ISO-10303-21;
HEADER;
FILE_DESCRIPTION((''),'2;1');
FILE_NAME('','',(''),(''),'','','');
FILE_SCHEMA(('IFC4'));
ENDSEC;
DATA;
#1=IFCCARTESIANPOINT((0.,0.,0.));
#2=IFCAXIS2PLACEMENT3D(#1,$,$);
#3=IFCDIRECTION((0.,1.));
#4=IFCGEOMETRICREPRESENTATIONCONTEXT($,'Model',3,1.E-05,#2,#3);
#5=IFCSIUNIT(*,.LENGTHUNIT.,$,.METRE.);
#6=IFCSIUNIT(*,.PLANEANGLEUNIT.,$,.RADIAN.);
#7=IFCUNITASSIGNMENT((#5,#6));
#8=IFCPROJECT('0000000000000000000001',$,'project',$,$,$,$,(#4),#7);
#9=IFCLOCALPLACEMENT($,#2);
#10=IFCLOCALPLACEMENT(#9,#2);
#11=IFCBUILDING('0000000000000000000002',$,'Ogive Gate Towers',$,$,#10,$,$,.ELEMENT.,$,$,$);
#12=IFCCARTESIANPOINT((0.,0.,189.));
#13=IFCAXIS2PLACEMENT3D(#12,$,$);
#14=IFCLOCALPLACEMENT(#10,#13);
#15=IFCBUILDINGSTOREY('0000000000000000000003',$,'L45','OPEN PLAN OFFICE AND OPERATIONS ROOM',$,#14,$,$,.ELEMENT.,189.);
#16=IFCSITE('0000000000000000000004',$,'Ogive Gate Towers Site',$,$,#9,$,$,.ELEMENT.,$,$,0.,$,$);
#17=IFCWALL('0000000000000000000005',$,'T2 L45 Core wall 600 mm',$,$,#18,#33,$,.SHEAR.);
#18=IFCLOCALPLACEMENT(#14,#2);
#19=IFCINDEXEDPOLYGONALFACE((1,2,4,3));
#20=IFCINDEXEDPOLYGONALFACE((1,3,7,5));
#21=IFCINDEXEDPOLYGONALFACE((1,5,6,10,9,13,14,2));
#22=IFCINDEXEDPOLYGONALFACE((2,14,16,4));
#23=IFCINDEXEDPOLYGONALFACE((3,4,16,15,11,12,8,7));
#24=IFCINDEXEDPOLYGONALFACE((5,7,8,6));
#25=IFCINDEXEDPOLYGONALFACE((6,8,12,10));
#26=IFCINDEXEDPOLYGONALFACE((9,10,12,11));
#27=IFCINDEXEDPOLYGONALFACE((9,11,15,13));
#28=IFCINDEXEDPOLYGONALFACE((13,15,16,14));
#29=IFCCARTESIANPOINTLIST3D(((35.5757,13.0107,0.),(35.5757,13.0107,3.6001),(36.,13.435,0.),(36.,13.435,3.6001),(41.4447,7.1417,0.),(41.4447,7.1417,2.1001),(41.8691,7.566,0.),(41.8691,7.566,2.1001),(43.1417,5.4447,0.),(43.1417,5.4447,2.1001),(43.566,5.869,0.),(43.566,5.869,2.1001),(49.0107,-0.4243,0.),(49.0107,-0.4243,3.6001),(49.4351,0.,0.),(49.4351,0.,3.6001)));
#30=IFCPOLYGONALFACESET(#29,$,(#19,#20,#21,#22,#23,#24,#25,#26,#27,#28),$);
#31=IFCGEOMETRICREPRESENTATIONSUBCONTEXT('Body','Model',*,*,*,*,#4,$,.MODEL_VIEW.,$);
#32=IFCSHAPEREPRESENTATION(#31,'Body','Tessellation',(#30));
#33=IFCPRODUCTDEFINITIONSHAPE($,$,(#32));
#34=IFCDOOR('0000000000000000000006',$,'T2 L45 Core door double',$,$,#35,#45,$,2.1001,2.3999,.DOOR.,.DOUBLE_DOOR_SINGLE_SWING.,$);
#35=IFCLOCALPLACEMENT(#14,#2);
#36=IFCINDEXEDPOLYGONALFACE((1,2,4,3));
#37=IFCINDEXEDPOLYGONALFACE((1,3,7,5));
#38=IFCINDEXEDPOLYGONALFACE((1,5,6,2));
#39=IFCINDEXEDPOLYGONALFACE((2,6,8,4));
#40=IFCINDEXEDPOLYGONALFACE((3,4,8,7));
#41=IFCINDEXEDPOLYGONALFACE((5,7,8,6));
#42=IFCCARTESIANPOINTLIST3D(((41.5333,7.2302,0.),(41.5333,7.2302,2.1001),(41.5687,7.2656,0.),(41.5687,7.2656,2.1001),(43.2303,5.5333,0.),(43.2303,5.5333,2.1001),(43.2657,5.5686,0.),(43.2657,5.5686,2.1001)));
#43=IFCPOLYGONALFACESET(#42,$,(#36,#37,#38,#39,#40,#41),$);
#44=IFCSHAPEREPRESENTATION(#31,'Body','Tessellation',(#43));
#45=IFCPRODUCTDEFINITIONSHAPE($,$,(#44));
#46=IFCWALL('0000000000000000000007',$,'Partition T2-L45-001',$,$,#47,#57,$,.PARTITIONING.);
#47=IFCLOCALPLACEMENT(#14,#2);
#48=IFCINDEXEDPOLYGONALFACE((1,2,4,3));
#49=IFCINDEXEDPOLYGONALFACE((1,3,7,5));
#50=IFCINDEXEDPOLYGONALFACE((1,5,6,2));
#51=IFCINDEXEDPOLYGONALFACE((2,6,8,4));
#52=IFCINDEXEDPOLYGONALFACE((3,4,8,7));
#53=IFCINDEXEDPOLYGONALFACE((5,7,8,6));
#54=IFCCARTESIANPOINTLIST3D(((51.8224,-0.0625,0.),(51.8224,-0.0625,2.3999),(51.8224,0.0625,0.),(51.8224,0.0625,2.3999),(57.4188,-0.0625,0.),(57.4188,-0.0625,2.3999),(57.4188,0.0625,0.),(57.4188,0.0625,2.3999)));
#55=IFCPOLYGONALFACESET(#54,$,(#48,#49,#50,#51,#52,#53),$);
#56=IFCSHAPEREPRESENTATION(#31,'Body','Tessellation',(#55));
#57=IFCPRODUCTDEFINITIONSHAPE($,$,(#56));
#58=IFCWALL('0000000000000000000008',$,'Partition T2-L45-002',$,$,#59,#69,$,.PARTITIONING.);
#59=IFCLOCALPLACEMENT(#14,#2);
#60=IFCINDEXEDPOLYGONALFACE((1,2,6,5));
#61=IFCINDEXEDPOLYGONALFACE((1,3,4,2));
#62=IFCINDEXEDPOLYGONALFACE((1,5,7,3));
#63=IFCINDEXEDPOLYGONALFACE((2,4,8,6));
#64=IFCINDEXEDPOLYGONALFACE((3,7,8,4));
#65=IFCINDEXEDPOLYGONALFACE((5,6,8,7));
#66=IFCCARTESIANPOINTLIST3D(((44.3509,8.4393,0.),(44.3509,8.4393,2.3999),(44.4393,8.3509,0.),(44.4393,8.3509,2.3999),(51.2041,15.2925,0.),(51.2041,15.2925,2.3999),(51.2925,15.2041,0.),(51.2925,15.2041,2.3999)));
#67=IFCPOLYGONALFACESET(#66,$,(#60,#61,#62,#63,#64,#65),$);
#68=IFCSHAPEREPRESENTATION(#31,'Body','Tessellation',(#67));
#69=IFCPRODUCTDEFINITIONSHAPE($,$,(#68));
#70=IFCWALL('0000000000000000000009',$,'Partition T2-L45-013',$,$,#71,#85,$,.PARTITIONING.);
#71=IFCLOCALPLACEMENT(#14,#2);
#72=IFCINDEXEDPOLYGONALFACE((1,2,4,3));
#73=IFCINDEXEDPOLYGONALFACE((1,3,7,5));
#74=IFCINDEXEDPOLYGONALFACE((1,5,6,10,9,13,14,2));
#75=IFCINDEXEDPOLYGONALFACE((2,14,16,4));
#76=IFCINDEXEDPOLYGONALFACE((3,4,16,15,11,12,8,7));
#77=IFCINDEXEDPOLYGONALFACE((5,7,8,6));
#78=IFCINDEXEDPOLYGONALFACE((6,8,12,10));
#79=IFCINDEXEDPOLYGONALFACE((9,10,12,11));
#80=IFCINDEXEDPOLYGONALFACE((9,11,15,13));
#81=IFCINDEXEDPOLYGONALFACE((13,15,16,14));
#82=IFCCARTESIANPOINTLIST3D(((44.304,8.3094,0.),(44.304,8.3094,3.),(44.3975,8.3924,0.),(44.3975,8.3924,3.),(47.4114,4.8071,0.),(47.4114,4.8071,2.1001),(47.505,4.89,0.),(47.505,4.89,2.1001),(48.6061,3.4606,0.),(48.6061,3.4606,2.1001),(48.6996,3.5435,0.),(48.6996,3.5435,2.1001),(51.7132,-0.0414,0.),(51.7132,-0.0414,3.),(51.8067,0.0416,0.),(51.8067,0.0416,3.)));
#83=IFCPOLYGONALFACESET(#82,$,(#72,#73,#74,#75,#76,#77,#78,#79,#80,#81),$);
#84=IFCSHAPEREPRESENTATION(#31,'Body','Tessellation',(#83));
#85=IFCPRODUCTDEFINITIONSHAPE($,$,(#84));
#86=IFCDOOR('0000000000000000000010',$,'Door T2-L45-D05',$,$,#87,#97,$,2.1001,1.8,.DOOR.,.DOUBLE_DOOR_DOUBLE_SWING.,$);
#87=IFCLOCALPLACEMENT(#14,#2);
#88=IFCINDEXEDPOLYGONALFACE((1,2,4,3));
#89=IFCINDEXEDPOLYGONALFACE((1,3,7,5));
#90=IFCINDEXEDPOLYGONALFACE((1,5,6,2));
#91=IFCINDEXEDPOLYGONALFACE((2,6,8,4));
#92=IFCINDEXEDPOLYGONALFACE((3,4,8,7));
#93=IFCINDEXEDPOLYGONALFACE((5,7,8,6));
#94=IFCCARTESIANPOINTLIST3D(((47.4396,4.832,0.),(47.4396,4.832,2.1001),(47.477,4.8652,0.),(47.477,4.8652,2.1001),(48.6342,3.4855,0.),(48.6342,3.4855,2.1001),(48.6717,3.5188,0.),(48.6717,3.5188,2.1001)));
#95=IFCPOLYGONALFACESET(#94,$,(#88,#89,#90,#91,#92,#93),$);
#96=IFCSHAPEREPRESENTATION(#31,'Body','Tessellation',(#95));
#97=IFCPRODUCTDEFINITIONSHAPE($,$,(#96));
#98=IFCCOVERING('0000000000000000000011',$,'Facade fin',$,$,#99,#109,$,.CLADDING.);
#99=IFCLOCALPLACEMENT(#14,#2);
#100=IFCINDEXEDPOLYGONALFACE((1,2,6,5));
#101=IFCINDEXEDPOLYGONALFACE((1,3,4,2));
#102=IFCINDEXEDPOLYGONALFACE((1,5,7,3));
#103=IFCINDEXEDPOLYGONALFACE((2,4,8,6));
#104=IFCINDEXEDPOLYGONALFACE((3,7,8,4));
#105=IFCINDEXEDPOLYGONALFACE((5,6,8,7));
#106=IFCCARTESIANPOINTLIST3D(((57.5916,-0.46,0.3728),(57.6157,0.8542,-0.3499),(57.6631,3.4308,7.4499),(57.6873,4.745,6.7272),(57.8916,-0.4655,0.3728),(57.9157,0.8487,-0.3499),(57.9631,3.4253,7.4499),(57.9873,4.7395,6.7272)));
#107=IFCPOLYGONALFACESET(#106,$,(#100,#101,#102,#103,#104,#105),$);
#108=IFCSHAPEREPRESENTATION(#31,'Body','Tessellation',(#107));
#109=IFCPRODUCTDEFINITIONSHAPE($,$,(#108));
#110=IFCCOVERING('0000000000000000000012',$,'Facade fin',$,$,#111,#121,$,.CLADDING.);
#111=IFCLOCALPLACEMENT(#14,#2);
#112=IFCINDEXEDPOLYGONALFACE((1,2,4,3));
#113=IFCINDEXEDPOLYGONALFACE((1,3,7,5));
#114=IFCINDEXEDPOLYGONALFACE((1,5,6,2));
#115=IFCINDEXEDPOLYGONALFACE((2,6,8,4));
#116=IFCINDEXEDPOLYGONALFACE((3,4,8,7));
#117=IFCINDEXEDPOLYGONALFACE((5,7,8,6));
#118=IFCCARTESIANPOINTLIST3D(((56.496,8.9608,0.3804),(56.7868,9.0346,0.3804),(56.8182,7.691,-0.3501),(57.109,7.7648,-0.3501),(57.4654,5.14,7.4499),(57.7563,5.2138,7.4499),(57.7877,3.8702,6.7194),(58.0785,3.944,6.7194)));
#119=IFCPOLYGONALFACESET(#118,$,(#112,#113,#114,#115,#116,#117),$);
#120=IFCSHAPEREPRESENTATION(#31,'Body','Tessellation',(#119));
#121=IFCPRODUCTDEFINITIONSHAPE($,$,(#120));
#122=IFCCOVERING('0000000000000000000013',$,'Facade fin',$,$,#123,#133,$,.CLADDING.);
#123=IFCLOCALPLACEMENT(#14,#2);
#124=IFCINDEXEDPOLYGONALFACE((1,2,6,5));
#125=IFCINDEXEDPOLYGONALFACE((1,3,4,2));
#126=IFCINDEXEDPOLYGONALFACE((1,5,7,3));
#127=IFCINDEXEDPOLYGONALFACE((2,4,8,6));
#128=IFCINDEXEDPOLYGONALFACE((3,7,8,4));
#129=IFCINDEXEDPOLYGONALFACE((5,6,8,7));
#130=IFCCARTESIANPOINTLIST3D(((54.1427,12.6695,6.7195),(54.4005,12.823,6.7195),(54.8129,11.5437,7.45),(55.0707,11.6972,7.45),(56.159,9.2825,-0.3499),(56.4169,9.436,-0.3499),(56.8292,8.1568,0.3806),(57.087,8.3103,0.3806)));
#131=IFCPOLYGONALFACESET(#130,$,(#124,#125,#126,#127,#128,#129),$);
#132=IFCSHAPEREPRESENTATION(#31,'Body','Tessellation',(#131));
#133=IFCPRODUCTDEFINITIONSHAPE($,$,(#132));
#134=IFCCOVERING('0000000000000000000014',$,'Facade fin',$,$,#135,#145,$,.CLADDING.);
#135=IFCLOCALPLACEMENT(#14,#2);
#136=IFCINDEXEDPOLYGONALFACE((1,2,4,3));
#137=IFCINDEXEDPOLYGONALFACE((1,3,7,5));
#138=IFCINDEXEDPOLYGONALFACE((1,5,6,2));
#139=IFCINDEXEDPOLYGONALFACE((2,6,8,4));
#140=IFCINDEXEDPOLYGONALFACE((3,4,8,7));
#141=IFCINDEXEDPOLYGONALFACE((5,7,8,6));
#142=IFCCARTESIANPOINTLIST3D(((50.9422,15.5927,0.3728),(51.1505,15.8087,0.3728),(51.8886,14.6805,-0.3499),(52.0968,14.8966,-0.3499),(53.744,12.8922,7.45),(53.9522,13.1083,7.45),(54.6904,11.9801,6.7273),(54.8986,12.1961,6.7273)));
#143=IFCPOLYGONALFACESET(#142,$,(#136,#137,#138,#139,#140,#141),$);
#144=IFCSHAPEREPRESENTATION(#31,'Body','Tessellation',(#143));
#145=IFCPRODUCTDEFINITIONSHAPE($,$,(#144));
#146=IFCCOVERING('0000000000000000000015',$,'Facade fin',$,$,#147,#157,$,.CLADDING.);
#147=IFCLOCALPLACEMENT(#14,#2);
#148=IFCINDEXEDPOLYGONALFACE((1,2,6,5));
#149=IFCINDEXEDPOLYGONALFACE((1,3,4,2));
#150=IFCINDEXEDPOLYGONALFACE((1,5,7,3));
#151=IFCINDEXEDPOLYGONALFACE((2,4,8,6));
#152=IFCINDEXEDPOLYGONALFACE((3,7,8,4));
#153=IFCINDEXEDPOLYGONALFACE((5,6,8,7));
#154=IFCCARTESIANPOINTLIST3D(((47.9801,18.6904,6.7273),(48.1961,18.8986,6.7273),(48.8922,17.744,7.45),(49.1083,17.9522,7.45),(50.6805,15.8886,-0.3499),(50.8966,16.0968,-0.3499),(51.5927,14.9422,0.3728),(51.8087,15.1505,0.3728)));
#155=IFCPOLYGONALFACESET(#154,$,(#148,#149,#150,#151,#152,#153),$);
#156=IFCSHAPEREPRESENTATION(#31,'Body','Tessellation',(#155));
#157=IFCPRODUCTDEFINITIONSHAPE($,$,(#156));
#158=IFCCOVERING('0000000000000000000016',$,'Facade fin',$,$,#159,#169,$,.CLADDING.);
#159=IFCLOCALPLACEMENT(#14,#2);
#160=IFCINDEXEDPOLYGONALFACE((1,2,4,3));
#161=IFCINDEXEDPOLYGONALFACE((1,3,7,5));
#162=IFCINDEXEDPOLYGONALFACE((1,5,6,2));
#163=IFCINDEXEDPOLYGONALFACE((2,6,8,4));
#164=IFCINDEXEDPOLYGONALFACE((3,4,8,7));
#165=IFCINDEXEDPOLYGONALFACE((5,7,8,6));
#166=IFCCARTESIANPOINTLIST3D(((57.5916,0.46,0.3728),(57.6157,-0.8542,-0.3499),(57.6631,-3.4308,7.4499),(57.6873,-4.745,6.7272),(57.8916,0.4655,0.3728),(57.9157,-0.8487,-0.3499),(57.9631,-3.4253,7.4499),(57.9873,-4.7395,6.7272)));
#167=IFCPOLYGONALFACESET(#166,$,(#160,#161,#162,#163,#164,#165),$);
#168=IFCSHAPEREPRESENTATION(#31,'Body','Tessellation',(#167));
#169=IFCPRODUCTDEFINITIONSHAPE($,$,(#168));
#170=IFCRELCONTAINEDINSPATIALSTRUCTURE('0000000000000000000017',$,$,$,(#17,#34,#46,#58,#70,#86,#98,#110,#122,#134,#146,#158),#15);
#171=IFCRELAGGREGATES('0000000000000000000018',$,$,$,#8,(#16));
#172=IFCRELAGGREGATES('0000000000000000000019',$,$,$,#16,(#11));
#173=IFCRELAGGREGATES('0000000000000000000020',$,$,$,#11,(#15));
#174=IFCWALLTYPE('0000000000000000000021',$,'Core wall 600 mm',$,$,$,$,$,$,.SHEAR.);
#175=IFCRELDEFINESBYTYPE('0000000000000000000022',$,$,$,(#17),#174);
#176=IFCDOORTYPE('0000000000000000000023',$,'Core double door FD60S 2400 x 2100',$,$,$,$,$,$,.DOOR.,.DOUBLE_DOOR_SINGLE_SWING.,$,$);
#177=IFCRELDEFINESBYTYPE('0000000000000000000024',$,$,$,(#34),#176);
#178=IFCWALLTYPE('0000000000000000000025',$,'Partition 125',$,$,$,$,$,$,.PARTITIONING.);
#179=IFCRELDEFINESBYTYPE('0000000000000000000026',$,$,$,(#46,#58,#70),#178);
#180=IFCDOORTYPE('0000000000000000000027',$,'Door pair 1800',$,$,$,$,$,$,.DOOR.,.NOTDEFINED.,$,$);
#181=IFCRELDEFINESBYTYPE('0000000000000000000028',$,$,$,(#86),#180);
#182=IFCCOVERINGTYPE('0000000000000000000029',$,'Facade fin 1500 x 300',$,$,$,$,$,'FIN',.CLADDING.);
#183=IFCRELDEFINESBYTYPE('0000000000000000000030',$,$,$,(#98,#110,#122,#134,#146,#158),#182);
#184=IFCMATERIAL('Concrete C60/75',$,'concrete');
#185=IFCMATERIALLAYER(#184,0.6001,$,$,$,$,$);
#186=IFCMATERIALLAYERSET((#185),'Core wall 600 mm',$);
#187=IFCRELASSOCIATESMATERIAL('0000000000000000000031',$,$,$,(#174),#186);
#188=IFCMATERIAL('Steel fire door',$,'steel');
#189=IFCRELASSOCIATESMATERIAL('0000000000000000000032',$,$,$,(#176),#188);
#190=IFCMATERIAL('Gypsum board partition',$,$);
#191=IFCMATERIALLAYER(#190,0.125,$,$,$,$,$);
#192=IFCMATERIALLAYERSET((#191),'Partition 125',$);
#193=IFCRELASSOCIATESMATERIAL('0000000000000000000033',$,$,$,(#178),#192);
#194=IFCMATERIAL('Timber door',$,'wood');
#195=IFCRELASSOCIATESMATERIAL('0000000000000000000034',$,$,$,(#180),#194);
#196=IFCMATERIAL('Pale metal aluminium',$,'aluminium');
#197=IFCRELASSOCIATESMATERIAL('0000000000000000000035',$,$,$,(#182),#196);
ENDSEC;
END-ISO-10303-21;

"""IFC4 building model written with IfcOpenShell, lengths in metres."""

from ifc_helpers import new_model, si_unit, direction, frame, frame_2d, origin, origin_2d, place, context, subcontext, project, spatial, rectangle, extrude, material, layer, layer_set, material_profile, profile_set, type_object, element, fill, save


model = new_model("IFC4")

# Units and contexts
model_context = context("Model", 3, precision=1e-05, world=origin(), true_north=direction((0.0, 1.0)))
body_context = subcontext(model_context, "Body", "Model", "MODEL_VIEW")
ifc_project = project(units=[si_unit("LENGTHUNIT", "METRE"), si_unit("PLANEANGLEUNIT", "RADIAN")], contexts=[model_context])

# Site, building, storey
site_placement = place(None, origin())
site = spatial("IfcSite", under=ifc_project, at=site_placement, Name="Ogive Gate Towers Site", CompositionType="ELEMENT", RefElevation=0.0)
building_placement = place(site_placement, origin())
building = spatial("IfcBuilding", under=site, at=building_placement, Name="Ogive Gate Towers", CompositionType="ELEMENT")
storey_placement = place(building_placement, frame((0.0, 0.0, 189.0)))
storey = spatial("IfcBuildingStorey", under=building, at=storey_placement, Name="L45", Description="OPEN PLAN OFFICE AND OPERATIONS ROOM", CompositionType="ELEMENT", Elevation=189.0)

# Shared definitions
ifc_material_1 = material(Name="Pale metal aluminium", Category="aluminium")

# Wall, opening, door
ifc_material_2 = material(Name="Concrete C60/75", Category="concrete")
ifc_layer_1 = layer(ifc_material_2, 0.6001)
ifc_layer_set_1 = layer_set([ifc_layer_1], Name="Core wall 600 mm")
wall_type_1 = type_object("IfcWallType", Name="Core wall 600 mm", PredefinedType="SHEAR", material=ifc_layer_set_1)
wall_1_placement = place(storey_placement, frame((49.2229, -0.2122, 0.0), z_axis=(0.0, 0.0, 1.0), x_axis=(-0.707107, 0.707107, 0.0)))
wall_1 = element("IfcWall", 1, at=wall_1_placement, inside=storey, type_object=wall_type_1, Name="T2 L45 Core wall 600 mm", PredefinedType="SHEAR", context=body_context, shape_type="SweptSolid", body=[
    extrude(rectangle(XDim=19.0, YDim=0.6001, at=frame_2d((9.5, 0.0))), origin(), (0.0, 0.0, 1.0), 3.6001),
])
opening_1_placement = place(wall_1_placement, frame((8.3, 0.0, 0.0)))
opening_1 = element("IfcOpeningElement", 2, at=opening_1_placement, cuts=wall_1, PredefinedType="OPENING", context=body_context, shape_type="SweptSolid", body=[
    extrude(rectangle(XDim=2.3999, YDim=2.1001, at=frame_2d((1.2, 1.05))), frame((0.0, 0.3101, 0.0), z_axis=(0.0, -1.0, 0.0), x_axis=(1.0, 0.0, 0.0)), (0.0, 0.0, 1.0), 0.6201),
])
ifc_material_3 = material(Name="Steel fire door", Category="steel")
door_type_1 = type_object("IfcDoorType", Name="Core double door FD60S 2400 x 2100", OperationType="DOUBLE_DOOR_SINGLE_SWING", PredefinedType="DOOR", material=ifc_material_3)
door_1_placement = place(opening_1_placement, origin())
door_1 = element("IfcDoor", 3, at=door_1_placement, inside=storey, type_object=door_type_1, Name="T2 L45 Core door double", OperationType="DOUBLE_DOOR_SINGLE_SWING", OverallHeight=2.1001, OverallWidth=2.3999, PredefinedType="DOOR", context=body_context, shape_type="SweptSolid", body=[
    extrude(rectangle(XDim=2.3999, YDim=2.1001, at=frame_2d((1.2, 1.05))), frame((0.0, 0.1748, 0.0), z_axis=(0.0, -1.0, 0.0), x_axis=(1.0, 0.0, 0.0)), (0.0, 0.0, 1.0), 0.05),
])
fill(opening_1, door_1)

# Walls
ifc_material_4 = material(Name="Gypsum board partition")
ifc_layer_2 = layer(ifc_material_4, 0.125)
ifc_layer_set_2 = layer_set([ifc_layer_2], Name="Partition 125")
wall_type_2 = type_object("IfcWallType", Name="Partition 125", PredefinedType="PARTITIONING", material=ifc_layer_set_2)
wall_2_placement = place(storey_placement, frame((57.4189, 0.0, 0.0), z_axis=(0.0, 0.0, 1.0), x_axis=(-1.0, 0.0, 0.0)))
element("IfcWall", 4, at=wall_2_placement, inside=storey, type_object=wall_type_2, Name="Partition T2-L45-001", PredefinedType="PARTITIONING", context=body_context, shape_type="SweptSolid", body=[
    extrude(rectangle(XDim=5.5964, YDim=0.125, at=frame_2d((2.7983, 0.0))), origin(), (0.0, 0.0, 1.0), 2.3999),
])
wall_3_placement = place(storey_placement, frame((51.2483, 15.2483, 0.0), z_axis=(0.0, 0.0, 1.0), x_axis=(-0.707107, -0.707107, 0.0)))
element("IfcWall", 5, at=wall_3_placement, inside=storey, type_object=wall_type_2, Name="Partition T2-L45-002", PredefinedType="PARTITIONING", context=body_context, shape_type="SweptSolid", body=[
    extrude(rectangle(XDim=9.6919, YDim=0.125, at=frame_2d((4.8459, 0.0))), origin(), (0.0, 0.0, 1.0), 2.3999),
])

# Wall, opening, door
wall_4_placement = place(storey_placement, frame((51.76, 0.0, 0.0), z_axis=(0.0, 0.0, 1.0), x_axis=(-0.663674, 0.748022, 0.0)))
wall_4 = element("IfcWall", 6, at=wall_4_placement, inside=storey, type_object=wall_type_2, Name="Partition T2-L45-013", PredefinedType="PARTITIONING", context=body_context, shape_type="SweptSolid", body=[
    extrude(rectangle(XDim=11.1638, YDim=0.125, at=frame_2d((5.582, 0.0))), origin(), (0.0, 0.0, 1.0), 3.0),
])
opening_2_placement = place(wall_4_placement, frame((4.6819, 0.0, 0.0)))
opening_2 = element("IfcOpeningElement", 7, at=opening_2_placement, cuts=wall_4, PredefinedType="OPENING", context=body_context, shape_type="SweptSolid", body=[
    extrude(rectangle(XDim=1.8, YDim=2.1001, at=frame_2d((0.8999, 1.05))), frame((0.0, 0.0725, 0.0), z_axis=(0.0, -1.0, 0.0), x_axis=(1.0, 0.0, 0.0)), (0.0, 0.0, 1.0), 0.145),
])
ifc_material_5 = material(Name="Timber door", Category="wood")
door_type_2 = type_object("IfcDoorType", Name="Door pair 1800", OperationType="NOTDEFINED", PredefinedType="DOOR", material=ifc_material_5)
door_2_placement = place(opening_2_placement, origin())
door_2 = element("IfcDoor", 8, at=door_2_placement, inside=storey, type_object=door_type_2, Name="Door T2-L45-D05", OperationType="DOUBLE_DOOR_DOUBLE_SWING", OverallHeight=2.1001, OverallWidth=1.8, PredefinedType="DOOR", context=body_context, shape_type="SweptSolid", body=[
    extrude(rectangle(XDim=1.8, YDim=2.1001, at=frame_2d((0.8999, 1.05))), frame((0.0, 0.0249, 0.0), z_axis=(0.0, -1.0, 0.0), x_axis=(1.0, 0.0, 0.0)), (0.0, 0.0, 1.0), 0.05),
])
fill(opening_2, door_2)

# Coverings
ifc_material_profile_1 = material_profile(ifc_material_1, rectangle(XDim=0.3, YDim=1.5, at=origin_2d()), Name="1500 x 300 pale metal aluminium")
ifc_profile_set_1 = profile_set([ifc_material_profile_1], Name="Pale metal aluminium")
covering_type = type_object("IfcCoveringType", Name="Facade fin 1500 x 300", ElementType="FIN", PredefinedType="CLADDING", material=ifc_profile_set_1)
covering_1_placement = place(storey_placement, frame((57.7537, 0.1943, 0.0115), z_axis=(0.008857, 0.481751, 0.876263), x_axis=(-0.999831, 0.018382, 0.0)))
element("IfcCovering", 9, at=covering_1_placement, inside=storey, type_object=covering_type, Name="Facade fin", PredefinedType="CLADDING", context=body_context, shape_type="SweptSolid", body=[
    extrude(rectangle(XDim=0.3, YDim=1.5, at=origin_2d()), origin(), (0.0, 0.0, 1.0), 8.0764),
])
covering_2_placement = place(storey_placement, frame((56.8025, 8.3628, 0.0151), z_axis=(0.119774, -0.472037, 0.873404), x_axis=(0.969284, 0.245944, 0.0)))
element("IfcCovering", 10, at=covering_2_placement, inside=storey, type_object=covering_type, Name="Facade fin", PredefinedType="CLADDING", context=body_context, shape_type="SweptSolid", body=[
    extrude(rectangle(XDim=0.3, YDim=1.5, at=origin_2d()), origin(), (0.0, 0.0, 1.0), 8.0942),
])
covering_3_placement = place(storey_placement, frame((56.623, 8.7964, 0.0154), z_axis=(-0.249118, 0.418454, 0.873405), x_axis=(-0.859259, -0.511542, 0.0)))
element("IfcCovering", 11, at=covering_3_placement, inside=storey, type_object=covering_type, Name="Facade fin", PredefinedType="CLADDING", context=body_context, shape_type="SweptSolid", body=[
    extrude(rectangle(XDim=0.3, YDim=1.5, at=origin_2d()), origin(), (0.0, 0.0, 1.0), 8.094),
])
for number, where, z_axis, x_axis, name in (
    (12, (51.5195, 15.2446, 0.0115), (0.346907, -0.334362, 0.876275), (0.693968, 0.720006, 0.0), "Facade fin"),
    (13, (51.2446, 15.5195, 0.0115), (-0.334362, 0.346907, 0.876275), (-0.720006, -0.693968, 0.0), "Facade fin"),
    (14, (57.7537, -0.1943, 0.0115), (0.008857, -0.481751, 0.876263), (0.999831, 0.018382, 0.0), "Facade fin"),
):
    element("IfcCovering", number, at=place(storey_placement, frame(where, z_axis=z_axis, x_axis=x_axis)), inside=storey, type_object=covering_type, Name=name, PredefinedType="CLADDING", context=body_context, shape_type="SweptSolid", body=[
        extrude(rectangle(XDim=0.3, YDim=1.5, at=origin_2d()), origin(), (0.0, 0.0, 1.0), 8.0764),
    ])

save(model, "model.ifc")
